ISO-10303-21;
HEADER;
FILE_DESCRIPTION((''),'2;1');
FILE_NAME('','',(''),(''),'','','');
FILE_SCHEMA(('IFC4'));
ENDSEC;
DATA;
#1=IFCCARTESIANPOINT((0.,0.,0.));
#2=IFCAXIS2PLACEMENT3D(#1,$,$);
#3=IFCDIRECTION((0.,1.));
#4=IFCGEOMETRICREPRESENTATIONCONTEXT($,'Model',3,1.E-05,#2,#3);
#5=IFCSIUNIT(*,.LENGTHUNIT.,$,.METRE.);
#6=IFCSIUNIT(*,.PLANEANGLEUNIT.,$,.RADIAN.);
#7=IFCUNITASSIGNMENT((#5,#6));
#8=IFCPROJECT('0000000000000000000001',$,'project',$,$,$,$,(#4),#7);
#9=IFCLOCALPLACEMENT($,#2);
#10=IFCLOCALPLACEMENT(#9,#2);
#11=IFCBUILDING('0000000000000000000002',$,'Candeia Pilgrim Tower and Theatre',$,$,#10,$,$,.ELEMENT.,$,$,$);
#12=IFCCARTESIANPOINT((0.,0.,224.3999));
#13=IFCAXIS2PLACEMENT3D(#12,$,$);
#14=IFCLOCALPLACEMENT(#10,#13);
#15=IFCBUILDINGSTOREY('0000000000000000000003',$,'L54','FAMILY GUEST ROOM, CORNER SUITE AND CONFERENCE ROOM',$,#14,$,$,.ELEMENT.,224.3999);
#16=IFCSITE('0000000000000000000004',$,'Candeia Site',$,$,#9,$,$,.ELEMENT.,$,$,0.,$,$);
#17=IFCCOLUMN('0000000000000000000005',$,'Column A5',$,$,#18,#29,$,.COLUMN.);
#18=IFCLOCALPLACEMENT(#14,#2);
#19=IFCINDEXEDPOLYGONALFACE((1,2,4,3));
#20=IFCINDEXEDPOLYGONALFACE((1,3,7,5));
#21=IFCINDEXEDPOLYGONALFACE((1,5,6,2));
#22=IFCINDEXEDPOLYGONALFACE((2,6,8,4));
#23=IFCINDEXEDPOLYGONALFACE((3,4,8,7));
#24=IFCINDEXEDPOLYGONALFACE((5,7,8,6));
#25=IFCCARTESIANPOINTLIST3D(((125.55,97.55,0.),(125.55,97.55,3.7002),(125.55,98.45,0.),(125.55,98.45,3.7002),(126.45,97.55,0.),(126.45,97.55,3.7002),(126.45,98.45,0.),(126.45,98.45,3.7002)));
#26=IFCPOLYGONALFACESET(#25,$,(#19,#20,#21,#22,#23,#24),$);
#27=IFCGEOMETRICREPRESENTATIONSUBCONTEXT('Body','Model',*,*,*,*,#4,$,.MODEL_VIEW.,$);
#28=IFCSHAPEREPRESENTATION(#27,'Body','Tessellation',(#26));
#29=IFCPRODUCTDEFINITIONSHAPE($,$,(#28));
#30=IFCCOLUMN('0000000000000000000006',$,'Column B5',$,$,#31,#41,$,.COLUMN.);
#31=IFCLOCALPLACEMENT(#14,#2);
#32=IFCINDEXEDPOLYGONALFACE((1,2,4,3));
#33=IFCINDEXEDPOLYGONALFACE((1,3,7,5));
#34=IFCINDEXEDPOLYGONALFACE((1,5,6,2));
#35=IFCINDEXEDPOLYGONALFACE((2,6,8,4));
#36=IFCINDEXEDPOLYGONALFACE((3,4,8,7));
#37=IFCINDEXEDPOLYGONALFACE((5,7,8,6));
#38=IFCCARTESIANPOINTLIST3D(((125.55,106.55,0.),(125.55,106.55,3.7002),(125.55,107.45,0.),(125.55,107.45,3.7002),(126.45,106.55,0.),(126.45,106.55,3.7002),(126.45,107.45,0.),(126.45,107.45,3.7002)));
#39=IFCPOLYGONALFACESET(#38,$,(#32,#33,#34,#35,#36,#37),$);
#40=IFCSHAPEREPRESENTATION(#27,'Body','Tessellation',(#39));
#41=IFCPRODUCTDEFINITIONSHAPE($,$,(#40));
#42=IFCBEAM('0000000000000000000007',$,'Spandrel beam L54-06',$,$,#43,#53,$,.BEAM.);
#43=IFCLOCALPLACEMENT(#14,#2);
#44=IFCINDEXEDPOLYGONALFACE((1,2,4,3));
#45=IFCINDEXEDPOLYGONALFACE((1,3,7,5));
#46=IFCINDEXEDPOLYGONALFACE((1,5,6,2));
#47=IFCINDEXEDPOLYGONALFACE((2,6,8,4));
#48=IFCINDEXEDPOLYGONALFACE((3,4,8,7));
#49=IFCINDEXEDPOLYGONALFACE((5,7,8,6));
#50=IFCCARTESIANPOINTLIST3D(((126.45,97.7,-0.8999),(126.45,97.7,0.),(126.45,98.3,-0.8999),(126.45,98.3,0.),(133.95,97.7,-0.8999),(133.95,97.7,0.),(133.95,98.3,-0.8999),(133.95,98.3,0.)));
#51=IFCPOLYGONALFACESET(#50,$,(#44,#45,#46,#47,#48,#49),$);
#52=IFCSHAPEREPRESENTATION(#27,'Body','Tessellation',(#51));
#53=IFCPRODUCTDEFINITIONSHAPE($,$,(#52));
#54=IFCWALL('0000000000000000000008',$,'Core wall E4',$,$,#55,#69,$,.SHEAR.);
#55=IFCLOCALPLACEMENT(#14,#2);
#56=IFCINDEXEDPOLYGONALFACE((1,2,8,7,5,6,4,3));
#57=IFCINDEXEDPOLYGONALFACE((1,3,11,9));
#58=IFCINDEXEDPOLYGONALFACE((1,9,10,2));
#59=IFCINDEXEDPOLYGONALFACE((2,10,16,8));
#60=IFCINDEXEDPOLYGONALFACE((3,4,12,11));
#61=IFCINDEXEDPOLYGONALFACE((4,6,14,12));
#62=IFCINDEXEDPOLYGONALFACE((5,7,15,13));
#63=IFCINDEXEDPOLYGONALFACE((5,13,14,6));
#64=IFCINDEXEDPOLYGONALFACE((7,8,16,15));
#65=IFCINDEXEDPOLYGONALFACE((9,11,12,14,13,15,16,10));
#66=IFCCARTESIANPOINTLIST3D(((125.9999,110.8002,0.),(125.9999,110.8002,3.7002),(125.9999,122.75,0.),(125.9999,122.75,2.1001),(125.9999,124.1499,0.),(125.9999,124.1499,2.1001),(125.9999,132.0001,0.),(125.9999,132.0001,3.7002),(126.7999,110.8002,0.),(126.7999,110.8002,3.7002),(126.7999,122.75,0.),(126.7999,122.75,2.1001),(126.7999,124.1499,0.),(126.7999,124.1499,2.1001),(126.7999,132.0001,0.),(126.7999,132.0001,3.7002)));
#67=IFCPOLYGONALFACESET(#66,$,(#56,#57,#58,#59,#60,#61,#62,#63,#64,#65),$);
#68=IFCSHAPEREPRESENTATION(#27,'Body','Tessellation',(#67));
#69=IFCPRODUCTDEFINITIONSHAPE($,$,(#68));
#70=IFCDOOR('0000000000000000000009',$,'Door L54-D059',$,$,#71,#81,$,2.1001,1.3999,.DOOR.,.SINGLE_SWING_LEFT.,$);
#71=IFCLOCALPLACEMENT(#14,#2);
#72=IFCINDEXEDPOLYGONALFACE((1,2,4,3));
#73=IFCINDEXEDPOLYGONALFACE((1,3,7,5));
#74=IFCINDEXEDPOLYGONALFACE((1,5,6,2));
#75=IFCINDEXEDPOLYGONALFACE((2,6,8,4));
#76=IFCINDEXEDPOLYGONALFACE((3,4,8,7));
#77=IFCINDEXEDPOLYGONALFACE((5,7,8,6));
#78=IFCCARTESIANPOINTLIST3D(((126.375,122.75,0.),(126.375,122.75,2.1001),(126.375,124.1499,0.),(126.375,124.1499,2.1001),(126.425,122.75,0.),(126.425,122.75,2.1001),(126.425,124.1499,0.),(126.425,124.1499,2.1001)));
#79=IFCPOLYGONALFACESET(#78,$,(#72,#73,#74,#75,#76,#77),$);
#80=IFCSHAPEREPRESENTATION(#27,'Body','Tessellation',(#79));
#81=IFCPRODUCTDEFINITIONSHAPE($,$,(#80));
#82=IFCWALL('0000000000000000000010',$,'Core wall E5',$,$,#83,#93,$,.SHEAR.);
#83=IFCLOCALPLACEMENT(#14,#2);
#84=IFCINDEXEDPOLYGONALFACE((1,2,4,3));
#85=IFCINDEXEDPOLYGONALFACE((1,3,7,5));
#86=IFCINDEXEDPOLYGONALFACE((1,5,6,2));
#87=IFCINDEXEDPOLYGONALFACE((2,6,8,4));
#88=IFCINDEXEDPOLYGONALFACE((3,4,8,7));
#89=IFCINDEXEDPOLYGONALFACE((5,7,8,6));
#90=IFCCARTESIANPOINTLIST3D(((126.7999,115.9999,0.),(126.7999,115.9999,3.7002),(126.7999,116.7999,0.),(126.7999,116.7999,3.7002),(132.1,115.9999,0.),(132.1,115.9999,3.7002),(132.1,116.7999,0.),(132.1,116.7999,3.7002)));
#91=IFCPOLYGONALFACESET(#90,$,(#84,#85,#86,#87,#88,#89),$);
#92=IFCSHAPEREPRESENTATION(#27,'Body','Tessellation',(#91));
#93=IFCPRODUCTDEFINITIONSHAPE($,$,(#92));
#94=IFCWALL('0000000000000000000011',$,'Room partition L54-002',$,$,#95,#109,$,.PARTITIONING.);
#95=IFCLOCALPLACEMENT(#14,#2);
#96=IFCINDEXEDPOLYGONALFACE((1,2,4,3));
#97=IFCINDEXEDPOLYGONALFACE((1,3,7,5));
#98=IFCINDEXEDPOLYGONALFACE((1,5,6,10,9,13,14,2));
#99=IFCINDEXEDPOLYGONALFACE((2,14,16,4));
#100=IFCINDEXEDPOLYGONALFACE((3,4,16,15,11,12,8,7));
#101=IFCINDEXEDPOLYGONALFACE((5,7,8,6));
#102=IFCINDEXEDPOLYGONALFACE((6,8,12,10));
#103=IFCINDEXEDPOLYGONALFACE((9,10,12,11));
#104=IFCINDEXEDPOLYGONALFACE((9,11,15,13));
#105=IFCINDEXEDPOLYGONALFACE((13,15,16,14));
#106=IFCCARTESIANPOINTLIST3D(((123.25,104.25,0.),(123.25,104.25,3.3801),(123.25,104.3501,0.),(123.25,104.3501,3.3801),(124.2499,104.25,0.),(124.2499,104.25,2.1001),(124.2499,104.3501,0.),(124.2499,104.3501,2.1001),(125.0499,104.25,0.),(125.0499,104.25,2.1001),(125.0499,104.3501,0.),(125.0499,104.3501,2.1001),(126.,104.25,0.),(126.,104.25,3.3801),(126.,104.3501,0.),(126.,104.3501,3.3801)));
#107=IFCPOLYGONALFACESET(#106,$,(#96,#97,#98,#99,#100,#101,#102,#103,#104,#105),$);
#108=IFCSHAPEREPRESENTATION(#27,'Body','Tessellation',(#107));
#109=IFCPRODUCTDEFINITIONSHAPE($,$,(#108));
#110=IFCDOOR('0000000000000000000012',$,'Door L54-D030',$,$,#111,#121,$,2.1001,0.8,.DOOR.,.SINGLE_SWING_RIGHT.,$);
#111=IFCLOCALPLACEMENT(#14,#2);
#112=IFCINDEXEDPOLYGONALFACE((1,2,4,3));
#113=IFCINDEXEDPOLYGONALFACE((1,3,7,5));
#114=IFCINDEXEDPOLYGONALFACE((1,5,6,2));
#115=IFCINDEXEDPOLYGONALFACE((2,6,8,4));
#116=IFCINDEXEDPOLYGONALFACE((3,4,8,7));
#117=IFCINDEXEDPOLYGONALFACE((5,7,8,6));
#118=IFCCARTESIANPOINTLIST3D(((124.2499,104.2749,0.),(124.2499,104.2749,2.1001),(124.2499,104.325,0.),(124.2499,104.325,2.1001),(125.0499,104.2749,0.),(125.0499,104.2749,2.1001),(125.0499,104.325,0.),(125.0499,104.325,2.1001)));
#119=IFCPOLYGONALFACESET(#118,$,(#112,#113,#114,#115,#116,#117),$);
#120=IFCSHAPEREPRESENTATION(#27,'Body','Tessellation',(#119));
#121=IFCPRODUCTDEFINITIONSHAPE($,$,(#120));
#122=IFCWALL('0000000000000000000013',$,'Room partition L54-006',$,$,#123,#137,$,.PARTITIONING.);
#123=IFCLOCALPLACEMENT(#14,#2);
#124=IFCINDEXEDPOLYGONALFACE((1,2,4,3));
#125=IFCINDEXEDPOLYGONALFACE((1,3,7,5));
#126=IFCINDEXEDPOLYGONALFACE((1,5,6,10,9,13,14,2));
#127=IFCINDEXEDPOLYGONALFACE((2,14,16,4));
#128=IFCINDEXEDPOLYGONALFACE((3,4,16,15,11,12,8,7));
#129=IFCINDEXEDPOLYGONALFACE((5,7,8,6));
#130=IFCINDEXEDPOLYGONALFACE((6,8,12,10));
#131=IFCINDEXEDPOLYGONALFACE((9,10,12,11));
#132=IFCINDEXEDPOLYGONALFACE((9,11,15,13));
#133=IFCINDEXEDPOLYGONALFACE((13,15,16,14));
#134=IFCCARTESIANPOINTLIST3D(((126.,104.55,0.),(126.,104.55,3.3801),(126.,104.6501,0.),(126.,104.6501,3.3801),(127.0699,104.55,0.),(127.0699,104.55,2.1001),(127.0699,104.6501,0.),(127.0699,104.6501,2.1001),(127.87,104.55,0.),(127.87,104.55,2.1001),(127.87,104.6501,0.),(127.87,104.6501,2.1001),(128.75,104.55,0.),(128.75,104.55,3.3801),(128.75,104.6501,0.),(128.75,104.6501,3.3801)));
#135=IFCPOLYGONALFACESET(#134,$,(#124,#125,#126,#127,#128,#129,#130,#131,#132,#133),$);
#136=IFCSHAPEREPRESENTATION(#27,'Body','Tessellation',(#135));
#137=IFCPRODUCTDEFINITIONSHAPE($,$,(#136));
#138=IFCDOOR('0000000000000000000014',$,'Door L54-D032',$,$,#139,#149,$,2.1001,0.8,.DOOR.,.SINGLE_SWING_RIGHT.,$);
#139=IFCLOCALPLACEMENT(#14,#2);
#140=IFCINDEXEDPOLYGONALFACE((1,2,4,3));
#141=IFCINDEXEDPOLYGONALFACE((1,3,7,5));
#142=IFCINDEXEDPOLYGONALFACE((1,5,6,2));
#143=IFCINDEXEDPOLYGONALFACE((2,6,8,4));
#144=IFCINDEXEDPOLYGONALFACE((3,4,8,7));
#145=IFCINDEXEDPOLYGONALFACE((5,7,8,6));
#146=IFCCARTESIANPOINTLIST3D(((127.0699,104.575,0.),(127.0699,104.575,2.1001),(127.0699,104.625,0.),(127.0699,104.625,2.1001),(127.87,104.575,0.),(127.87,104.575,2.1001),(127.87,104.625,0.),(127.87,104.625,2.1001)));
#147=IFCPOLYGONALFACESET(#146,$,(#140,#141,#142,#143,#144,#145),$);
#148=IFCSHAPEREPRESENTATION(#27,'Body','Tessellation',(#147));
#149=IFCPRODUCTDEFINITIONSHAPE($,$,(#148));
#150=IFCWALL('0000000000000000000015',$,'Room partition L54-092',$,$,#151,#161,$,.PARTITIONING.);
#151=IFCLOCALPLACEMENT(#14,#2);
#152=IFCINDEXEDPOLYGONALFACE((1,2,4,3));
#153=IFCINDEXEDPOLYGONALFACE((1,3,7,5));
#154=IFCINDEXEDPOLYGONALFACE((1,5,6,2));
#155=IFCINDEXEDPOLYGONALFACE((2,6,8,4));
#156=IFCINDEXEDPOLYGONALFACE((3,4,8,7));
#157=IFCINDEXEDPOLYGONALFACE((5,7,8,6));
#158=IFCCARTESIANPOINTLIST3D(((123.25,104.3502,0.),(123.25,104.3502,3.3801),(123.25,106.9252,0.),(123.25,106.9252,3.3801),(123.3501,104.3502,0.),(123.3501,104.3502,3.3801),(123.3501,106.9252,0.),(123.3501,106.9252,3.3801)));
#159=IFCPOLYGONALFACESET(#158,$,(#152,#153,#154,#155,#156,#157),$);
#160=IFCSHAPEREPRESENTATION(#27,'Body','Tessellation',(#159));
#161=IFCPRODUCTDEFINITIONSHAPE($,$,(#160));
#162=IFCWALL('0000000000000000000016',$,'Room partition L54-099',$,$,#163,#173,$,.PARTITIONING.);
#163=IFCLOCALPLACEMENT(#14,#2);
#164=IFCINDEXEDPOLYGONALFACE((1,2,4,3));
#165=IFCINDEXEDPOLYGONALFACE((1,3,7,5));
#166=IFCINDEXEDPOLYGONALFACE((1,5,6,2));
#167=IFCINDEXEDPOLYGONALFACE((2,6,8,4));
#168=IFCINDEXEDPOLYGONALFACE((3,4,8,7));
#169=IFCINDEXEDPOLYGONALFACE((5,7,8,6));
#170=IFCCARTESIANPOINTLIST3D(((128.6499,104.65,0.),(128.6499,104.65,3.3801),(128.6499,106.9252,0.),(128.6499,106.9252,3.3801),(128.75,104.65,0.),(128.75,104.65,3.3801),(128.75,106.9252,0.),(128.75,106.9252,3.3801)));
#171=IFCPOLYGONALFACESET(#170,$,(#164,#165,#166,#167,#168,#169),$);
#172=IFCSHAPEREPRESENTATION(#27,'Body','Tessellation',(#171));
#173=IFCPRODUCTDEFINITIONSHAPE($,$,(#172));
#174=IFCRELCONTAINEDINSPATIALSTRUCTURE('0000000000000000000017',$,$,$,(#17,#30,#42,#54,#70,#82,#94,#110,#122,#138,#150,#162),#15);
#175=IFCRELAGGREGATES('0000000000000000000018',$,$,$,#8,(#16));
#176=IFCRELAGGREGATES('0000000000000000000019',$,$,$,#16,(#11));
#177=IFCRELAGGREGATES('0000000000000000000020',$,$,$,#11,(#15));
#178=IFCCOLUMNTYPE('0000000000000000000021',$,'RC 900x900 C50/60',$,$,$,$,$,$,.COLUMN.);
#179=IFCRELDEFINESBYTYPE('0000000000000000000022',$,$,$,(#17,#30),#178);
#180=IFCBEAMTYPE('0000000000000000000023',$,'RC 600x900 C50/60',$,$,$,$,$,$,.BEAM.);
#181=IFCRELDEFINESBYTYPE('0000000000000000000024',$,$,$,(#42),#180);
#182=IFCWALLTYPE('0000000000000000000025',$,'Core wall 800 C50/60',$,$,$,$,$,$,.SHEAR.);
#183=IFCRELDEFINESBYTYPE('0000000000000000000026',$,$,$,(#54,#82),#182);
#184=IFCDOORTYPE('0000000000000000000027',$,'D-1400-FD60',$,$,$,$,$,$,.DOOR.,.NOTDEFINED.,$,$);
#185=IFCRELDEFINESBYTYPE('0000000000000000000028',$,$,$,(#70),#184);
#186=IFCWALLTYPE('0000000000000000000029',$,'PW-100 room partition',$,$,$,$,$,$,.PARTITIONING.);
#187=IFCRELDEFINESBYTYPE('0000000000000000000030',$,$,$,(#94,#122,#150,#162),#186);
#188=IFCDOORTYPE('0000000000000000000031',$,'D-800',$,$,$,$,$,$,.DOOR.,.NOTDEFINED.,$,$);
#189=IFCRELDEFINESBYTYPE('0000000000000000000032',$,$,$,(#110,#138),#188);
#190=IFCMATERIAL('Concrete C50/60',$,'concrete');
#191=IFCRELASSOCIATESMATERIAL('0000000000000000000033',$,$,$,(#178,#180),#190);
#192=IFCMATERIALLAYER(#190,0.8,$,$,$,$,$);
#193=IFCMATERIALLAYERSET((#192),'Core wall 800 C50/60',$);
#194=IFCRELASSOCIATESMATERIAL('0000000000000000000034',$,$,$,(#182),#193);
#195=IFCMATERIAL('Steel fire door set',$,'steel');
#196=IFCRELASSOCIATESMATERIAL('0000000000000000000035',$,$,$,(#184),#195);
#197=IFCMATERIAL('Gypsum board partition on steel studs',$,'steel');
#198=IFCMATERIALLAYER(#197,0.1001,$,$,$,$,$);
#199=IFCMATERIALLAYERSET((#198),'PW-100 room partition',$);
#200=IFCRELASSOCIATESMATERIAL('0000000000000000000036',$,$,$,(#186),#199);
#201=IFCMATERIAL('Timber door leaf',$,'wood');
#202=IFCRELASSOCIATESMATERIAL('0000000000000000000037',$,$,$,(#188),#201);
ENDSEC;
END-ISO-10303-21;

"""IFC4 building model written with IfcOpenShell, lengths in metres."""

from ifc_helpers import new_model, si_unit, direction, frame, frame_2d, origin, origin_2d, place, context, subcontext, project, spatial, rectangle, extrude, material, layer, layer_set, material_profile, profile_set, type_object, element, fill, save


model = new_model("IFC4")

# Units and contexts
model_context = context("Model", 3, precision=1e-05, world=origin(), true_north=direction((0.0, 1.0)))
body_context = subcontext(model_context, "Body", "Model", "MODEL_VIEW")
ifc_project = project(units=[si_unit("LENGTHUNIT", "METRE"), si_unit("PLANEANGLEUNIT", "RADIAN")], contexts=[model_context])

# Site, building, storey
site_placement = place(None, origin())
site = spatial("IfcSite", under=ifc_project, at=site_placement, Name="Candeia Site", CompositionType="ELEMENT", RefElevation=0.0)
building_placement = place(site_placement, origin())
building = spatial("IfcBuilding", under=site, at=building_placement, Name="Candeia Pilgrim Tower and Theatre", CompositionType="ELEMENT")
storey_placement = place(building_placement, frame((0.0, 0.0, 224.3999)))
storey = spatial("IfcBuildingStorey", under=building, at=storey_placement, Name="L54", Description="FAMILY GUEST ROOM, CORNER SUITE AND CONFERENCE ROOM", CompositionType="ELEMENT", Elevation=224.3999)

# Columns
ifc_material_1 = material(Name="Concrete C50/60", Category="concrete")
ifc_material_profile_1 = material_profile(ifc_material_1, rectangle(XDim=0.8999, YDim=0.8999, at=origin_2d()))
ifc_profile_set_1 = profile_set([ifc_material_profile_1], Name="Concrete C50/60")
column_type = type_object("IfcColumnType", Name="RC 900x900 C50/60", PredefinedType="COLUMN", material=ifc_profile_set_1)
for number, where, z_axis, x_axis, name in (
    (1, (126.0, 98.0, 0.0), (0.0, 0.0, 1.0), (1.0, 0.0, 0.0), "Column A5"),
    (2, (126.0, 107.0, 0.0), (0.0, 0.0, 1.0), (1.0, 0.0, 0.0), "Column B5"),
):
    element("IfcColumn", number, at=place(storey_placement, frame(where, z_axis=z_axis, x_axis=x_axis)), inside=storey, type_object=column_type, Name=name, PredefinedType="COLUMN", context=body_context, shape_type="SweptSolid", body=[
        extrude(rectangle(XDim=0.8999, YDim=0.8999, at=origin_2d()), origin(), (0.0, 0.0, 1.0), 3.7002),
    ])

# Beam
ifc_material_profile_2 = material_profile(ifc_material_1, rectangle(XDim=0.6001, YDim=0.8999, at=origin_2d()))
ifc_profile_set_2 = profile_set([ifc_material_profile_2], Name="Concrete C50/60")
beam_type = type_object("IfcBeamType", Name="RC 600x900 C50/60", PredefinedType="BEAM", material=ifc_profile_set_2)
beam_placement = place(storey_placement, frame((126.45, 98.0, -0.45), z_axis=(1.0, 0.0, 0.0), x_axis=(0.0, 1.0, 0.0)))
element("IfcBeam", 3, at=beam_placement, inside=storey, type_object=beam_type, Name="Spandrel beam L54-06", PredefinedType="BEAM", context=body_context, shape_type="SweptSolid", body=[
    extrude(rectangle(XDim=0.6001, YDim=0.8999, at=origin_2d()), origin(), (0.0, 0.0, 1.0), 7.5),
])

# Wall, opening, door
ifc_layer_1 = layer(ifc_material_1, 0.8)
ifc_layer_set_1 = layer_set([ifc_layer_1], Name="Core wall 800 C50/60")
wall_type_1 = type_object("IfcWallType", Name="Core wall 800 C50/60", PredefinedType="SHEAR", material=ifc_layer_set_1)
wall_1_placement = place(storey_placement, frame((126.3999, 110.8, 0.0), z_axis=(0.0, 0.0, 1.0), x_axis=(0.0, 1.0, 0.0)))
wall_1 = element("IfcWall", 4, at=wall_1_placement, inside=storey, type_object=wall_type_1, Name="Core wall E4", PredefinedType="SHEAR", context=body_context, shape_type="SweptSolid", body=[
    extrude(rectangle(XDim=21.2, YDim=0.8, at=frame_2d((10.6001, 0.0))), origin(), (0.0, 0.0, 1.0), 3.7002),
])
opening_1_placement = place(wall_1_placement, frame((11.95, 0.0, 0.0)))
opening_1 = element("IfcOpeningElement", 5, at=opening_1_placement, cuts=wall_1, PredefinedType="OPENING", context=body_context, shape_type="SweptSolid", body=[
    extrude(rectangle(XDim=1.3999, YDim=2.1001, at=frame_2d((0.7, 1.05))), frame((0.0, 0.4102, 0.0), z_axis=(0.0, -1.0, 0.0), x_axis=(1.0, 0.0, 0.0)), (0.0, 0.0, 1.0), 0.8201),
])
ifc_material_2 = material(Name="Steel fire door set", Category="steel")
door_type_1 = type_object("IfcDoorType", Name="D-1400-FD60", OperationType="NOTDEFINED", PredefinedType="DOOR", material=ifc_material_2)
door_1_placement = place(opening_1_placement, origin())
door_1 = element("IfcDoor", 6, at=door_1_placement, inside=storey, type_object=door_type_1, Name="Door L54-D059", OperationType="SINGLE_SWING_LEFT", OverallHeight=2.1001, OverallWidth=1.3999, PredefinedType="DOOR", context=body_context, shape_type="SweptSolid", body=[
    extrude(rectangle(XDim=1.3999, YDim=2.1001, at=frame_2d((0.7, 1.05))), frame((0.0, 0.0249, 0.0), z_axis=(0.0, -1.0, 0.0), x_axis=(1.0, 0.0, 0.0)), (0.0, 0.0, 1.0), 0.05),
])
fill(opening_1, door_1)

# Wall
wall_2_placement = place(storey_placement, frame((126.8, 116.3999, 0.0), z_axis=(0.0, 0.0, 1.0), x_axis=(1.0, 0.0, 0.0)))
element("IfcWall", 7, at=wall_2_placement, inside=storey, type_object=wall_type_1, Name="Core wall E5", PredefinedType="SHEAR", context=body_context, shape_type="SweptSolid", body=[
    extrude(rectangle(XDim=5.3, YDim=0.8, at=frame_2d((2.6499, 0.0))), origin(), (0.0, 0.0, 1.0), 3.7002),
])

# Walls, openings, doors
ifc_material_3 = material(Name="Gypsum board partition on steel studs", Category="steel")
ifc_layer_2 = layer(ifc_material_3, 0.1001)
ifc_layer_set_2 = layer_set([ifc_layer_2], Name="PW-100 room partition")
wall_type_2 = type_object("IfcWallType", Name="PW-100 room partition", PredefinedType="PARTITIONING", material=ifc_layer_set_2)
wall_3_placement = place(storey_placement, frame((123.25, 104.3, 0.0), z_axis=(0.0, 0.0, 1.0), x_axis=(1.0, 0.0, 0.0)))
wall_3 = element("IfcWall", 8, at=wall_3_placement, inside=storey, type_object=wall_type_2, Name="Room partition L54-002", PredefinedType="PARTITIONING", context=body_context, shape_type="SweptSolid", body=[
    extrude(rectangle(XDim=2.75, YDim=0.1001, at=frame_2d((1.375, 0.0))), origin(), (0.0, 0.0, 1.0), 3.3801),
])
opening_2_placement = place(wall_3_placement, frame((1.0, 0.0, 0.0)))
opening_2 = element("IfcOpeningElement", 9, at=opening_2_placement, cuts=wall_3, PredefinedType="OPENING", context=body_context, shape_type="SweptSolid", body=[
    extrude(rectangle(XDim=0.8, YDim=2.1001, at=frame_2d((0.3999, 1.05))), frame((0.0, 0.0601, 0.0), z_axis=(0.0, -1.0, 0.0), x_axis=(1.0, 0.0, 0.0)), (0.0, 0.0, 1.0), 0.1201),
])
ifc_material_4 = material(Name="Timber door leaf", Category="wood")
door_type_2 = type_object("IfcDoorType", Name="D-800", OperationType="NOTDEFINED", PredefinedType="DOOR", material=ifc_material_4)
door_2_placement = place(opening_2_placement, origin())
door_2 = element("IfcDoor", 10, at=door_2_placement, inside=storey, type_object=door_type_2, Name="Door L54-D030", OperationType="SINGLE_SWING_RIGHT", OverallHeight=2.1001, OverallWidth=0.8, PredefinedType="DOOR", context=body_context, shape_type="SweptSolid", body=[
    extrude(rectangle(XDim=0.8, YDim=2.1001, at=frame_2d((0.3999, 1.05))), frame((0.0, 0.0249, 0.0), z_axis=(0.0, -1.0, 0.0), x_axis=(1.0, 0.0, 0.0)), (0.0, 0.0, 1.0), 0.05),
])
fill(opening_2, door_2)
wall_4_placement = place(storey_placement, frame((126.0, 104.6001, 0.0), z_axis=(0.0, 0.0, 1.0), x_axis=(1.0, 0.0, 0.0)))
wall_4 = element("IfcWall", 11, at=wall_4_placement, inside=storey, type_object=wall_type_2, Name="Room partition L54-006", PredefinedType="PARTITIONING", context=body_context, shape_type="SweptSolid", body=[
    extrude(rectangle(XDim=2.75, YDim=0.1001, at=frame_2d((1.375, 0.0))), origin(), (0.0, 0.0, 1.0), 3.3801),
])
opening_3_placement = place(wall_4_placement, frame((1.0701, 0.0, 0.0)))
opening_3 = element("IfcOpeningElement", 12, at=opening_3_placement, cuts=wall_4, PredefinedType="OPENING", context=body_context, shape_type="SweptSolid", body=[
    extrude(rectangle(XDim=0.8, YDim=2.1001, at=frame_2d((0.3999, 1.05))), frame((0.0, 0.0601, 0.0), z_axis=(0.0, -1.0, 0.0), x_axis=(1.0, 0.0, 0.0)), (0.0, 0.0, 1.0), 0.1201),
])
door_3_placement = place(opening_3_placement, origin())
door_3 = element("IfcDoor", 13, at=door_3_placement, inside=storey, type_object=door_type_2, Name="Door L54-D032", OperationType="SINGLE_SWING_RIGHT", OverallHeight=2.1001, OverallWidth=0.8, PredefinedType="DOOR", context=body_context, shape_type="SweptSolid", body=[
    extrude(rectangle(XDim=0.8, YDim=2.1001, at=frame_2d((0.3999, 1.05))), frame((0.0, 0.0249, 0.0), z_axis=(0.0, -1.0, 0.0), x_axis=(1.0, 0.0, 0.0)), (0.0, 0.0, 1.0), 0.05),
])
fill(opening_3, door_3)

# Walls
wall_5_placement = place(storey_placement, frame((123.3, 104.3501, 0.0), z_axis=(0.0, 0.0, 1.0), x_axis=(0.0, 1.0, 0.0)))
element("IfcWall", 14, at=wall_5_placement, inside=storey, type_object=wall_type_2, Name="Room partition L54-092", PredefinedType="PARTITIONING", context=body_context, shape_type="SweptSolid", body=[
    extrude(rectangle(XDim=2.575, YDim=0.1001, at=frame_2d((1.2876, 0.0))), origin(), (0.0, 0.0, 1.0), 3.3801),
])
wall_6_placement = place(storey_placement, frame((128.7, 104.6499, 0.0), z_axis=(0.0, 0.0, 1.0), x_axis=(0.0, 1.0, 0.0)))
element("IfcWall", 15, at=wall_6_placement, inside=storey, type_object=wall_type_2, Name="Room partition L54-099", PredefinedType="PARTITIONING", context=body_context, shape_type="SweptSolid", body=[
    extrude(rectangle(XDim=2.2751, YDim=0.1001, at=frame_2d((1.1377, 0.0))), origin(), (0.0, 0.0, 1.0), 3.3801),
])

save(model, "model.ifc")
